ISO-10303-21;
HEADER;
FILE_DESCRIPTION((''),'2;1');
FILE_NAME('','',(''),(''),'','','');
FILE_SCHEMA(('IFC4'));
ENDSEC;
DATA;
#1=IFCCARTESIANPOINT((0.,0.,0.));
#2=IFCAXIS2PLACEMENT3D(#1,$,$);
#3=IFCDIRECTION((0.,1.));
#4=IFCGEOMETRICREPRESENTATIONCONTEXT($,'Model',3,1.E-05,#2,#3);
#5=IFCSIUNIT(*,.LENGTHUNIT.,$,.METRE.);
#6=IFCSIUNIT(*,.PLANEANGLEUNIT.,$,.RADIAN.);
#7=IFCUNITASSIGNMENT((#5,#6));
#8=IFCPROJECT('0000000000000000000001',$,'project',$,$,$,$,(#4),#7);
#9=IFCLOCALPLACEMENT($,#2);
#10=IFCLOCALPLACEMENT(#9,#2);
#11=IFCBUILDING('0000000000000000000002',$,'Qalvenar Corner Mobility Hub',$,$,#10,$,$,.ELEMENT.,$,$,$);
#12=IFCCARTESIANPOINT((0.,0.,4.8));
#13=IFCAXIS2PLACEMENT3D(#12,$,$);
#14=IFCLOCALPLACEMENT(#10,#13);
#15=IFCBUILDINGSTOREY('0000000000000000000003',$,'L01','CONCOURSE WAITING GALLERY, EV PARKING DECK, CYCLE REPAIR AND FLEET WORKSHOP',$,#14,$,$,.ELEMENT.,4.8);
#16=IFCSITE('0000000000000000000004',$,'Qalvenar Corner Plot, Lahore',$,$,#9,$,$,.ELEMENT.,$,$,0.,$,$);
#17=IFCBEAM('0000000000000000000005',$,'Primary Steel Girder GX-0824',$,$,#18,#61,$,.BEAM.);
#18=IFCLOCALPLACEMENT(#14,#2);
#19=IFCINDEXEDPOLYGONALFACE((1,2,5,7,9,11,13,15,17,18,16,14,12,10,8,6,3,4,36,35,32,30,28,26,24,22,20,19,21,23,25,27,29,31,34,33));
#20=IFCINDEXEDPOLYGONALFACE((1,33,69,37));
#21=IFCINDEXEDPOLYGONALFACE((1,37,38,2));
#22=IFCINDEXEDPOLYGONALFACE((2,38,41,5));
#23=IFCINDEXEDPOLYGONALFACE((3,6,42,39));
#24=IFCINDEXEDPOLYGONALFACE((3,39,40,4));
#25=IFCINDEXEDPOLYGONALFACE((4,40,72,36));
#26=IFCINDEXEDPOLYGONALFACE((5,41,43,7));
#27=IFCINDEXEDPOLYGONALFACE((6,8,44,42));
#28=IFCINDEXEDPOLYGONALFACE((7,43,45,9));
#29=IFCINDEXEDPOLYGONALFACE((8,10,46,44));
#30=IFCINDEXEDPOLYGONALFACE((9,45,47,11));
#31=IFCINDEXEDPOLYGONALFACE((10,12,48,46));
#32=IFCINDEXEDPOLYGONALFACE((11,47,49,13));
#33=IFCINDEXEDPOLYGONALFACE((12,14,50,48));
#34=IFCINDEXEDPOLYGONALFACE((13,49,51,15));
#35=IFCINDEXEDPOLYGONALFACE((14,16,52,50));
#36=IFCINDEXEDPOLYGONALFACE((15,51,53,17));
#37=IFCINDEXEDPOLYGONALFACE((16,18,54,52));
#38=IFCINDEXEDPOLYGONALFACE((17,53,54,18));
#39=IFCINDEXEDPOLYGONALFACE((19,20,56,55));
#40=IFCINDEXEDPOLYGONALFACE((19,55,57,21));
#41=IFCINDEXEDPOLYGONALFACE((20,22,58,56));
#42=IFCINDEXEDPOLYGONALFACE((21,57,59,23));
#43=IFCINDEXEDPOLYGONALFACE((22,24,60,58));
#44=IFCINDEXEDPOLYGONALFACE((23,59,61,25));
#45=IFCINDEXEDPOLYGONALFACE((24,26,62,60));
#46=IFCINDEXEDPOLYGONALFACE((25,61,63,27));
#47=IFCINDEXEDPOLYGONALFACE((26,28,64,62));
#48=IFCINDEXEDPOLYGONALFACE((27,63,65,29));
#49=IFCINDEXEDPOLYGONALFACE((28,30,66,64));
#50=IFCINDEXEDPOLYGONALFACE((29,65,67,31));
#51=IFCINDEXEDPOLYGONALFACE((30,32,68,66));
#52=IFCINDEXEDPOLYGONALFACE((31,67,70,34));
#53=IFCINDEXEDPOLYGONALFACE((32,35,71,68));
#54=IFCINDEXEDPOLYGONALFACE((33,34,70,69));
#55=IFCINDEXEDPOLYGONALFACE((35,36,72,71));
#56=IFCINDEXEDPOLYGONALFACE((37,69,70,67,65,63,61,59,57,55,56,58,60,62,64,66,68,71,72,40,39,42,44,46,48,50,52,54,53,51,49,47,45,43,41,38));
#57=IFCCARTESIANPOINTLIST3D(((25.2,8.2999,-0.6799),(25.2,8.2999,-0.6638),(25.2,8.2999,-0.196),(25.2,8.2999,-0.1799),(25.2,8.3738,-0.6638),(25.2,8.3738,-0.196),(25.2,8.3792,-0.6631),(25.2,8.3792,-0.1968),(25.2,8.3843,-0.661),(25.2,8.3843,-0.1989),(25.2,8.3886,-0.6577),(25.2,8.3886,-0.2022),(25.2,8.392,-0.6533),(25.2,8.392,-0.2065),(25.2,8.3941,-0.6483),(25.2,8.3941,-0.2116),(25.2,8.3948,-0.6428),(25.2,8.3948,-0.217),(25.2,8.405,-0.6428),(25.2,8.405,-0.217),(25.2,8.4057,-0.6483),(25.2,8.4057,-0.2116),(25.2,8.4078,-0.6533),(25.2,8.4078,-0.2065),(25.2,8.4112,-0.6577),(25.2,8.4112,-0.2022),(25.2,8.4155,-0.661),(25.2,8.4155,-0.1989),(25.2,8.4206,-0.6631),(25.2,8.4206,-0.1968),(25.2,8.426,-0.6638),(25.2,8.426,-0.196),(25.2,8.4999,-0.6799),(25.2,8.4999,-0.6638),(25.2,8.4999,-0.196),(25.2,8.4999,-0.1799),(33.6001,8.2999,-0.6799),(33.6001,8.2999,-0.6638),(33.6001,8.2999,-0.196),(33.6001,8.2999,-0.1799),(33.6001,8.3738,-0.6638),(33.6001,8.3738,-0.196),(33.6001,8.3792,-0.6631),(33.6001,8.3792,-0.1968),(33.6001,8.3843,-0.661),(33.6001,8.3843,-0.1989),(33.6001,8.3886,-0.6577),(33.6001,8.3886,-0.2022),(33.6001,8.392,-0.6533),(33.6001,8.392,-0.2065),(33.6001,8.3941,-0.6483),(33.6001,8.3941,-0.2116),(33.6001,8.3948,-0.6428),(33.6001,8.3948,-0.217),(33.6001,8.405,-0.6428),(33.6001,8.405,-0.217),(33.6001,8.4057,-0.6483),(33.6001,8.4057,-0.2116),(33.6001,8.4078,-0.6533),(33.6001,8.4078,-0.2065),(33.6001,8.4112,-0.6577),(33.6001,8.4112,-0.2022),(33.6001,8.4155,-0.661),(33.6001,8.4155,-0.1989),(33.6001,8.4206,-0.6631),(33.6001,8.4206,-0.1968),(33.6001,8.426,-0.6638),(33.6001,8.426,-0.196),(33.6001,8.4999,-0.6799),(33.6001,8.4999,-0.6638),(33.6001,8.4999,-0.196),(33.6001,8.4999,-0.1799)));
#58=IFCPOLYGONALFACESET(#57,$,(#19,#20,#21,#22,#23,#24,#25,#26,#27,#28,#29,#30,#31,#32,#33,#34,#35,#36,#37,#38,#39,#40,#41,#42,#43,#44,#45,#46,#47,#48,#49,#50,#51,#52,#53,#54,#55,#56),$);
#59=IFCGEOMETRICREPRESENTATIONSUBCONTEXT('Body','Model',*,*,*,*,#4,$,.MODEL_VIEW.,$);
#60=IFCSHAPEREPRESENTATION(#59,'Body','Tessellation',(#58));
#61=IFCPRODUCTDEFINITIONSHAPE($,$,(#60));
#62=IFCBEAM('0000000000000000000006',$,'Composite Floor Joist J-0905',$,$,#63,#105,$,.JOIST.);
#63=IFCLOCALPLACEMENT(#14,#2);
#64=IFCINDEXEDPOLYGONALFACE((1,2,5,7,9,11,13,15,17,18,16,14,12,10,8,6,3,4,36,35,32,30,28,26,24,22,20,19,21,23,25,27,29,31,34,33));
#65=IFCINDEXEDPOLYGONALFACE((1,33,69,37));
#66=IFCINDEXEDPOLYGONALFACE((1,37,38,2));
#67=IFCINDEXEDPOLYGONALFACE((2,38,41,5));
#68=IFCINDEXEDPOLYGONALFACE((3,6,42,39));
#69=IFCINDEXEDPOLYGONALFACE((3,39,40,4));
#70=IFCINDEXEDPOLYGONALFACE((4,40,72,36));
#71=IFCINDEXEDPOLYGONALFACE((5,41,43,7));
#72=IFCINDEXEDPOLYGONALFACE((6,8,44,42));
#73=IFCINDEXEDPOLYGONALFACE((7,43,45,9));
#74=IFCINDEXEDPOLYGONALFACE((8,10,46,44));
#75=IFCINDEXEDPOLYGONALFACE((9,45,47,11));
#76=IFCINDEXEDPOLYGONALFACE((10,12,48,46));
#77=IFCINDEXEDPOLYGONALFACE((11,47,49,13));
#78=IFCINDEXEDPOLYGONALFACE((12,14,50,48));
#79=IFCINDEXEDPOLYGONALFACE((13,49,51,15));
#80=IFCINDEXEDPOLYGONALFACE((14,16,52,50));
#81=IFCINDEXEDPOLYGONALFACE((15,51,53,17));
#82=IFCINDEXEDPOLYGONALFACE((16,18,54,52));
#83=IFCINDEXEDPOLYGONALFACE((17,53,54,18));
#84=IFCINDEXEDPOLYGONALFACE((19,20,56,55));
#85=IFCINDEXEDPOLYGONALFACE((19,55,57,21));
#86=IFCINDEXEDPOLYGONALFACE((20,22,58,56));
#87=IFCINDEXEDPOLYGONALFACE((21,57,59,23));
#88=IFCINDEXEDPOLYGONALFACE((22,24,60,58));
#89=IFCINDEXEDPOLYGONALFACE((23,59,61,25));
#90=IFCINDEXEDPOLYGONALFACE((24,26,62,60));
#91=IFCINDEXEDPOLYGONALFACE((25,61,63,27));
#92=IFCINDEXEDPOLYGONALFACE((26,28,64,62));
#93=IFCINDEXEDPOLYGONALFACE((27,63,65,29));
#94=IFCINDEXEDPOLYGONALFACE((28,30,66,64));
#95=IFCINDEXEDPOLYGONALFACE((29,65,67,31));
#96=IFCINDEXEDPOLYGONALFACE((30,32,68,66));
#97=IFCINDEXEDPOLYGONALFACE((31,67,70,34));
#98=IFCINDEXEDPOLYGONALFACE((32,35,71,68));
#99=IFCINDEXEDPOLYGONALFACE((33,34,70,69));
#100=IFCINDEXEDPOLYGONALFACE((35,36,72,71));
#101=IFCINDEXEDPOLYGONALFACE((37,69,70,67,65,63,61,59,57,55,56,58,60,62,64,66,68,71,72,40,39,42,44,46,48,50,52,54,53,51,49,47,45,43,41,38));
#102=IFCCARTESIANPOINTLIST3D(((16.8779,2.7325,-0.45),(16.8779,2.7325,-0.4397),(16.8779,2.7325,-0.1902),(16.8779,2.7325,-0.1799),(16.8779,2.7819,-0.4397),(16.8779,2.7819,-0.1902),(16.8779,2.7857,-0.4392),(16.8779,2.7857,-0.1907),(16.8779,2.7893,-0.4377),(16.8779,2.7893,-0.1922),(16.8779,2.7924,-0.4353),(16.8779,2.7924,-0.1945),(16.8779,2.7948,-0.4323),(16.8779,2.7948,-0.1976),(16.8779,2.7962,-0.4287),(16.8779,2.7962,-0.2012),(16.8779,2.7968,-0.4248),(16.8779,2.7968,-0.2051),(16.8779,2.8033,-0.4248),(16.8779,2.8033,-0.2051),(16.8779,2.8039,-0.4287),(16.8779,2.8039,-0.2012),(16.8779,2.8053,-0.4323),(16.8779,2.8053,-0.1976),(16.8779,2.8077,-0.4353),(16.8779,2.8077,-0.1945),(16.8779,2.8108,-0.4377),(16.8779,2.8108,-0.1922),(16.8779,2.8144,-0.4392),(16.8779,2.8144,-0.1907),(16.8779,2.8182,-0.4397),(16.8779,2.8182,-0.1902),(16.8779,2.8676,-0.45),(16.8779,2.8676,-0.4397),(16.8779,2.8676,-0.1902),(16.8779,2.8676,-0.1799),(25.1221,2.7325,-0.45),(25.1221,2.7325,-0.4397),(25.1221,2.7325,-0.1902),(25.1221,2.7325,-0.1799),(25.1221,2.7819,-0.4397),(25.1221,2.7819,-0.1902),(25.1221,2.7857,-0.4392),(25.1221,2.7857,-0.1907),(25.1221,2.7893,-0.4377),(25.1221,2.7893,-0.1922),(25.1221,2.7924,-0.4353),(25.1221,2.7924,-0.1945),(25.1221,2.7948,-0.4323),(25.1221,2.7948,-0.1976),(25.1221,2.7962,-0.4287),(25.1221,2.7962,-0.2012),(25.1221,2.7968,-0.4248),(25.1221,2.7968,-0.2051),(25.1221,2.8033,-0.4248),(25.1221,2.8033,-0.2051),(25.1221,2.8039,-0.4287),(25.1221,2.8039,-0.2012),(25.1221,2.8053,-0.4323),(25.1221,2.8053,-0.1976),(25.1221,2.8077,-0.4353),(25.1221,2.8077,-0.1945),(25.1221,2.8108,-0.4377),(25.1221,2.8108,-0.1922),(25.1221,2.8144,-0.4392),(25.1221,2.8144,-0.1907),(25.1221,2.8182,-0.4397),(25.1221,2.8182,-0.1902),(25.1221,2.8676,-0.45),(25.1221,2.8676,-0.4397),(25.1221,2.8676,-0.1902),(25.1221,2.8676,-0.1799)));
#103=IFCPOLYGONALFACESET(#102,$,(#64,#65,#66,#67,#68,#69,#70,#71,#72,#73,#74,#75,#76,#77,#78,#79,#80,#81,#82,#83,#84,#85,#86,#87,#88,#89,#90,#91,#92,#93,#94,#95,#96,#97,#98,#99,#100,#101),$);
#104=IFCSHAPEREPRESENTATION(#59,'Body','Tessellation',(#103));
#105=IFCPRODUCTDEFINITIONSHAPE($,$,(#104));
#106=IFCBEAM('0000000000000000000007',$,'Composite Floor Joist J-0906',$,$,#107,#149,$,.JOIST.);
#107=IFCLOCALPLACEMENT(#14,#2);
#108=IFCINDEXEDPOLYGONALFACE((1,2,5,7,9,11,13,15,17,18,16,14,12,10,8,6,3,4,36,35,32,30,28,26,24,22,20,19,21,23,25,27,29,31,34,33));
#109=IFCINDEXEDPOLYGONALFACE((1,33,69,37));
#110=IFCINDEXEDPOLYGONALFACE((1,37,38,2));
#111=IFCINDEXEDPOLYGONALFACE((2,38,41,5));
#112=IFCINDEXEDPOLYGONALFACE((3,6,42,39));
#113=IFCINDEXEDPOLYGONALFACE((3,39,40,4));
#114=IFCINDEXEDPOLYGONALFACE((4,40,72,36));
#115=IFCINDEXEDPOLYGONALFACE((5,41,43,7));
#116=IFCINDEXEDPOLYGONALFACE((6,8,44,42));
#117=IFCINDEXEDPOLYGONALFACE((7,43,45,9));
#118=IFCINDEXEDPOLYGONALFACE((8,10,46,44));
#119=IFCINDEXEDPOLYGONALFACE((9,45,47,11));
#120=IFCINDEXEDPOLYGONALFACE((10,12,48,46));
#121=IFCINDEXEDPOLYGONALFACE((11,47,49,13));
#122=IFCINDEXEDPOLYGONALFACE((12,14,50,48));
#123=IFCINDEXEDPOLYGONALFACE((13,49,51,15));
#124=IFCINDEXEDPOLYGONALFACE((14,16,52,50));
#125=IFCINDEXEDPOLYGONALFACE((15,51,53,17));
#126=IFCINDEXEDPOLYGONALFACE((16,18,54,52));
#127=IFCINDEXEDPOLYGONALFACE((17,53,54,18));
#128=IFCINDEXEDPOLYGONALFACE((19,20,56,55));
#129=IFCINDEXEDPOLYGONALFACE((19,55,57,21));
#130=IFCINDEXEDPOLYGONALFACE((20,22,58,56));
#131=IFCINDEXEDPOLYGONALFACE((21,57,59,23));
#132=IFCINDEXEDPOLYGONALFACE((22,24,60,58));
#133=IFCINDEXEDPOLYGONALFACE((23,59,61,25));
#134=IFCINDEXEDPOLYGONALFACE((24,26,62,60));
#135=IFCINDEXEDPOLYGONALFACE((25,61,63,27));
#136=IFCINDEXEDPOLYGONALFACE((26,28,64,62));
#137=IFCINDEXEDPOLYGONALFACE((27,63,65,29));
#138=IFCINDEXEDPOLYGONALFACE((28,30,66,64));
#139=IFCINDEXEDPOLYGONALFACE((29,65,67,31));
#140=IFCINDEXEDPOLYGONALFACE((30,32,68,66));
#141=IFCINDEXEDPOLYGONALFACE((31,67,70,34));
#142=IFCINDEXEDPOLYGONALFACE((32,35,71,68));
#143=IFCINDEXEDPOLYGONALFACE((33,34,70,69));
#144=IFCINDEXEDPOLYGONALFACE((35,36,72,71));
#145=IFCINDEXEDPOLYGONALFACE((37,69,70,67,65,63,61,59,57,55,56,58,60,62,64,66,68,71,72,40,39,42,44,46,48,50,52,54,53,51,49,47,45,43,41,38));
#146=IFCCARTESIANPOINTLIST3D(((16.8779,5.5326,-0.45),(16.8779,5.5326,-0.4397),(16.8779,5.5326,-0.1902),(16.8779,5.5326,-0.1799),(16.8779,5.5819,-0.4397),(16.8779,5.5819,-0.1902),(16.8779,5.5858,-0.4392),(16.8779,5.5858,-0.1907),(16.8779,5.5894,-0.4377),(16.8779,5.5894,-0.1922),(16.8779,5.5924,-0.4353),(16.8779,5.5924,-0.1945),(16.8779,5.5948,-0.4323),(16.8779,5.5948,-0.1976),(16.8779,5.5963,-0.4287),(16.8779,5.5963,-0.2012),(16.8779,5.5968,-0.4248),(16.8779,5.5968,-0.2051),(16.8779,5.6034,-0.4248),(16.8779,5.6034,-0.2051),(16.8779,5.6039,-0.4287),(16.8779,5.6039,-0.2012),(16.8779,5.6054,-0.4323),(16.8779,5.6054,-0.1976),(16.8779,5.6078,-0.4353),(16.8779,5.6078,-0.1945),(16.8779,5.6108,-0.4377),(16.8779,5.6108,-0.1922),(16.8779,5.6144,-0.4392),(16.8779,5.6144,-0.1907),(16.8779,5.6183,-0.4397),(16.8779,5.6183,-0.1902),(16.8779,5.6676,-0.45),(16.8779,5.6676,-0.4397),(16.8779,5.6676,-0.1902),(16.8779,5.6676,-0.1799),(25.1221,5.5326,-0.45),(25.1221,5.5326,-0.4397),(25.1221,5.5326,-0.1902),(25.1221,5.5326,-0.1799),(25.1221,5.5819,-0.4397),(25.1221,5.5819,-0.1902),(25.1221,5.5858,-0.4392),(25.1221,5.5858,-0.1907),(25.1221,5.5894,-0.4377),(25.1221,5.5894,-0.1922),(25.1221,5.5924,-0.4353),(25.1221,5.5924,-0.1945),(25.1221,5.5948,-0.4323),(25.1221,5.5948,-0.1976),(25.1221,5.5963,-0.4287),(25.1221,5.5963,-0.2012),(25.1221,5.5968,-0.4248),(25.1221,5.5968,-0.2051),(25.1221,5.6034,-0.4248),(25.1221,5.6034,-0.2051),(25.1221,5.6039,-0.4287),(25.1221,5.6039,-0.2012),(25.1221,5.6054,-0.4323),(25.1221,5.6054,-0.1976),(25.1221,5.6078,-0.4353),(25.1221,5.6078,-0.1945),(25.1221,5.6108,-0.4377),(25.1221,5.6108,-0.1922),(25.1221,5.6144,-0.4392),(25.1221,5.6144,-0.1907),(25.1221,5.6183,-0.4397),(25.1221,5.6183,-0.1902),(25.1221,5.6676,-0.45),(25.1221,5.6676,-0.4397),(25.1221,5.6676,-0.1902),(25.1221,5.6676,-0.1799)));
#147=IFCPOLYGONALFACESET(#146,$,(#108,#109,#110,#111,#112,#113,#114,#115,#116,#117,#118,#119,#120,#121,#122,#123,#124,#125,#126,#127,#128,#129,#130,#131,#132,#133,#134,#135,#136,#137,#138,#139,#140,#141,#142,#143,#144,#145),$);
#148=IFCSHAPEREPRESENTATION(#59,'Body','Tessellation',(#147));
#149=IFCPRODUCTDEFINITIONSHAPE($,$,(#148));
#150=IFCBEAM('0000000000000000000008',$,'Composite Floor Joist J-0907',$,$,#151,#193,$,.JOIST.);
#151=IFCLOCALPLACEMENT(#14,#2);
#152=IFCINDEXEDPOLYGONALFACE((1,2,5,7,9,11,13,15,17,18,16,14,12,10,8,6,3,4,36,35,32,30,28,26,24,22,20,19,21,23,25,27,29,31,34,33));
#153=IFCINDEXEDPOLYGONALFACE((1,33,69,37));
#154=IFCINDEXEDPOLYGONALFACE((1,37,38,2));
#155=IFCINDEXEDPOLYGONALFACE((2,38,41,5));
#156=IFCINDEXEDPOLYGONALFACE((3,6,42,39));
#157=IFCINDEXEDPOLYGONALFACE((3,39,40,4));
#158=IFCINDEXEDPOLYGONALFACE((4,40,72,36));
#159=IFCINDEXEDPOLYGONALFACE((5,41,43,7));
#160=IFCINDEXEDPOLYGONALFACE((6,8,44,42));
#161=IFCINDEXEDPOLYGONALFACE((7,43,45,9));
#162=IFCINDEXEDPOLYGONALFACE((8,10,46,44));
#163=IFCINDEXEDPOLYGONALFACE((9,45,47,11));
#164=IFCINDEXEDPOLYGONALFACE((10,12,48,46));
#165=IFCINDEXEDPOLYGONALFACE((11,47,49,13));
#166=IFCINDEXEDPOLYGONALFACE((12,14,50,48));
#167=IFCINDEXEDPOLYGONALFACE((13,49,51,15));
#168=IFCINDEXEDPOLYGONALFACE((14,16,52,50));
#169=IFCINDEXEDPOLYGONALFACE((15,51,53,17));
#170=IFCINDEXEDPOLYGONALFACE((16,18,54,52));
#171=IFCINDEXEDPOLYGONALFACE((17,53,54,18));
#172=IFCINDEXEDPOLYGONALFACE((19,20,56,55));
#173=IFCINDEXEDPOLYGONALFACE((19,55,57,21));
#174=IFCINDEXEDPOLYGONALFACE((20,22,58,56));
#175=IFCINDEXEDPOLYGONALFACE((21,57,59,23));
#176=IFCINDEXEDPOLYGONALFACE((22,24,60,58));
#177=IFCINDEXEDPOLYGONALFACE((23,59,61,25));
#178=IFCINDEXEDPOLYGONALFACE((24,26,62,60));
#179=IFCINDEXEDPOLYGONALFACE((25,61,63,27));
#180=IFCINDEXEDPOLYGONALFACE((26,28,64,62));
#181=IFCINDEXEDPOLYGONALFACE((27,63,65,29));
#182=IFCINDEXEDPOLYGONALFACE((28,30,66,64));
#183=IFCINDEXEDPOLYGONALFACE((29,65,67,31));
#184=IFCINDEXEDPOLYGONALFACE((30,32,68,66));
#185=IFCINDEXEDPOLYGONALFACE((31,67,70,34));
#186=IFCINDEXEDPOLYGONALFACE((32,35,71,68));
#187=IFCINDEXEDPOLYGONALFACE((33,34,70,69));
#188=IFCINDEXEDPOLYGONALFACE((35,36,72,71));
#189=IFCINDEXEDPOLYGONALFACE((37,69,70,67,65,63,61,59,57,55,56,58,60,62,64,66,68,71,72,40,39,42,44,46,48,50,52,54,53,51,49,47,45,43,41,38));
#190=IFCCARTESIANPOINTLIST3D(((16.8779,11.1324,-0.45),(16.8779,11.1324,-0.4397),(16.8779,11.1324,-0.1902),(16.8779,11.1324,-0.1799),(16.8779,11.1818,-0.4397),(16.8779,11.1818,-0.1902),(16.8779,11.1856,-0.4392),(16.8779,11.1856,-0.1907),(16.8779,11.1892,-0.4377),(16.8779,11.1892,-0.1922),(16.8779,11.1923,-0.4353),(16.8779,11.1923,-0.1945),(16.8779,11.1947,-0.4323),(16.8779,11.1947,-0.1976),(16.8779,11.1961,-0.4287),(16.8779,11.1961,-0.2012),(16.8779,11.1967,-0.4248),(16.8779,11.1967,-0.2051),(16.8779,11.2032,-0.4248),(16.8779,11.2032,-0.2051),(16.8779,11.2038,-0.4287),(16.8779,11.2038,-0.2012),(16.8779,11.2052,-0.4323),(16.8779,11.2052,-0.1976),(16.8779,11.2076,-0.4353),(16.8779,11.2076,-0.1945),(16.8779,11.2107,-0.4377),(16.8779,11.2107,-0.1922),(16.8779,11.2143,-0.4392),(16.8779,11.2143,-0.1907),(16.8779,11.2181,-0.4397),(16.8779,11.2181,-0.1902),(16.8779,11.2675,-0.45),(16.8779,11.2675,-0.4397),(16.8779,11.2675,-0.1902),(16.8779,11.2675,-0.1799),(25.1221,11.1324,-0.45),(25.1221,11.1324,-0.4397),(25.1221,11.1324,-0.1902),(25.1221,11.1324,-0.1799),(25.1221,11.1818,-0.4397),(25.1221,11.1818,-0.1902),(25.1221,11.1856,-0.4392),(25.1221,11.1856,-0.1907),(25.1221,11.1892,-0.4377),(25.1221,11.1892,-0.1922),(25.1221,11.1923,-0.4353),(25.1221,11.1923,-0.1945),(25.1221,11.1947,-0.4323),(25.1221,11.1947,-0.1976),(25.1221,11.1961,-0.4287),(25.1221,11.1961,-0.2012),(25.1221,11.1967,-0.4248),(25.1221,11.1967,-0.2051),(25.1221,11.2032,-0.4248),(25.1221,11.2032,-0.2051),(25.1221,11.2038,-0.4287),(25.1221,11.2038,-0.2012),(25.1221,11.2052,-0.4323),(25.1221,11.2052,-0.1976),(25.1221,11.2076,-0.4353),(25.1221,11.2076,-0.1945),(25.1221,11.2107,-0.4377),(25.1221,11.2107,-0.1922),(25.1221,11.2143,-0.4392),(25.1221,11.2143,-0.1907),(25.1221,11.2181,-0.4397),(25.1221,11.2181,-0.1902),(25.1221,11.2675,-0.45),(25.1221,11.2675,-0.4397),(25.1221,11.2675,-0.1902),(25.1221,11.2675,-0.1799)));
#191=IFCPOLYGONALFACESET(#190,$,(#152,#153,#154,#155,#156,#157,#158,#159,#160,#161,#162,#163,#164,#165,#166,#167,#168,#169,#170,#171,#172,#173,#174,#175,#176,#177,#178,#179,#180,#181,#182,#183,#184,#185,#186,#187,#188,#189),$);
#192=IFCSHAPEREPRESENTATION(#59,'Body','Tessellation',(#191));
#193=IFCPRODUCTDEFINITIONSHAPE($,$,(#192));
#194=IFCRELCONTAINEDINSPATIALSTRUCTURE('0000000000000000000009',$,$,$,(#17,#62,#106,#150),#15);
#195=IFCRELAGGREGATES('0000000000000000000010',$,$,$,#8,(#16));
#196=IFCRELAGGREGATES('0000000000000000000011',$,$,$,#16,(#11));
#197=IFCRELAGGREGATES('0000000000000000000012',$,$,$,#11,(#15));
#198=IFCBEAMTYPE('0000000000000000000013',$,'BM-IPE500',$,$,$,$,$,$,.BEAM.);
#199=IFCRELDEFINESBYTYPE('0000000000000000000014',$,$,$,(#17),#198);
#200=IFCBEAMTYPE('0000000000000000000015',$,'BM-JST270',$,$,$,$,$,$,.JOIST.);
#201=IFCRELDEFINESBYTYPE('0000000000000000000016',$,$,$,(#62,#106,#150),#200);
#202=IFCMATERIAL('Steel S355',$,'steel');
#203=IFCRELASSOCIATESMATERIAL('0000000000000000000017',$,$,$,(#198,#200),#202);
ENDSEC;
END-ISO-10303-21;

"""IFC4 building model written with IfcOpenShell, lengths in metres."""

from ifc_helpers import new_model, si_unit, direction, frame, origin, origin_2d, place, context, subcontext, project, spatial, i_section, extrude, material, material_profile, profile_set, type_object, element, save


model = new_model("IFC4")

# Units and contexts
model_context = context("Model", 3, precision=1e-05, world=origin(), true_north=direction((0.0, 1.0)))
body_context = subcontext(model_context, "Body", "Model", "MODEL_VIEW")
ifc_project = project(units=[si_unit("LENGTHUNIT", "METRE"), si_unit("PLANEANGLEUNIT", "RADIAN")], contexts=[model_context])

# Site, building, storey
site_placement = place(None, origin())
site = spatial("IfcSite", under=ifc_project, at=site_placement, Name="Qalvenar Corner Plot, Lahore", CompositionType="ELEMENT", RefElevation=0.0)
building_placement = place(site_placement, origin())
building = spatial("IfcBuilding", under=site, at=building_placement, Name="Qalvenar Corner Mobility Hub", CompositionType="ELEMENT")
storey_placement = place(building_placement, frame((0.0, 0.0, 4.8)))
storey = spatial("IfcBuildingStorey", under=building, at=storey_placement, Name="L01", Description="CONCOURSE WAITING GALLERY, EV PARKING DECK, CYCLE REPAIR AND FLEET WORKSHOP", CompositionType="ELEMENT", Elevation=4.8)

# Shared definitions
ifc_material_1 = material(Name="Steel S355", Category="steel")

# Beams
ifc_material_profile_1 = material_profile(ifc_material_1, i_section(OverallWidth=0.2, OverallDepth=0.5, WebThickness=0.0103, FlangeThickness=0.0161, FilletRadius=0.021, at=origin_2d()), Name="IPE500")
ifc_profile_set_1 = profile_set([ifc_material_profile_1], Name="Steel S355")
beam_type_1 = type_object("IfcBeamType", Name="BM-IPE500", PredefinedType="BEAM", material=ifc_profile_set_1)
beam_1_placement = place(storey_placement, frame((25.2, 8.3999, -0.4299), z_axis=(1.0, 0.0, 0.0), x_axis=(0.0, 1.0, 0.0)))
element("IfcBeam", 1, at=beam_1_placement, inside=storey, type_object=beam_type_1, Name="Primary Steel Girder GX-0824", PredefinedType="BEAM", context=body_context, shape_type="SweptSolid", body=[
    extrude(i_section(OverallWidth=0.2, OverallDepth=0.5, WebThickness=0.0103, FlangeThickness=0.0161, FilletRadius=0.021, at=origin_2d()), origin(), (0.0, 0.0, 1.0), 8.4001),
])
ifc_material_profile_2 = material_profile(ifc_material_1, i_section(OverallWidth=0.135, OverallDepth=0.27, WebThickness=0.0066, FlangeThickness=0.0103, FilletRadius=0.0149, at=origin_2d()), Name="IPE270")
ifc_profile_set_2 = profile_set([ifc_material_profile_2], Name="Steel S355")
beam_type_2 = type_object("IfcBeamType", Name="BM-JST270", PredefinedType="JOIST", material=ifc_profile_set_2)
for number, where, z_axis, x_axis, name in (
    (2, (16.8779, 2.8, -0.3149), (1.0, 0.0, 0.0), (0.0, 1.0, 0.0), "Composite Floor Joist J-0905"),
    (3, (16.8779, 5.6001, -0.3149), (1.0, 0.0, 0.0), (0.0, 1.0, 0.0), "Composite Floor Joist J-0906"),
    (4, (16.8779, 11.2, -0.3149), (1.0, 0.0, 0.0), (0.0, 1.0, 0.0), "Composite Floor Joist J-0907"),
):
    element("IfcBeam", number, at=place(storey_placement, frame(where, z_axis=z_axis, x_axis=x_axis)), inside=storey, type_object=beam_type_2, Name=name, PredefinedType="JOIST", context=body_context, shape_type="SweptSolid", body=[
        extrude(i_section(OverallWidth=0.135, OverallDepth=0.27, WebThickness=0.0066, FlangeThickness=0.0103, FilletRadius=0.0149, at=origin_2d()), origin(), (0.0, 0.0, 1.0), 8.2441),
    ])

save(model, "model.ifc")
